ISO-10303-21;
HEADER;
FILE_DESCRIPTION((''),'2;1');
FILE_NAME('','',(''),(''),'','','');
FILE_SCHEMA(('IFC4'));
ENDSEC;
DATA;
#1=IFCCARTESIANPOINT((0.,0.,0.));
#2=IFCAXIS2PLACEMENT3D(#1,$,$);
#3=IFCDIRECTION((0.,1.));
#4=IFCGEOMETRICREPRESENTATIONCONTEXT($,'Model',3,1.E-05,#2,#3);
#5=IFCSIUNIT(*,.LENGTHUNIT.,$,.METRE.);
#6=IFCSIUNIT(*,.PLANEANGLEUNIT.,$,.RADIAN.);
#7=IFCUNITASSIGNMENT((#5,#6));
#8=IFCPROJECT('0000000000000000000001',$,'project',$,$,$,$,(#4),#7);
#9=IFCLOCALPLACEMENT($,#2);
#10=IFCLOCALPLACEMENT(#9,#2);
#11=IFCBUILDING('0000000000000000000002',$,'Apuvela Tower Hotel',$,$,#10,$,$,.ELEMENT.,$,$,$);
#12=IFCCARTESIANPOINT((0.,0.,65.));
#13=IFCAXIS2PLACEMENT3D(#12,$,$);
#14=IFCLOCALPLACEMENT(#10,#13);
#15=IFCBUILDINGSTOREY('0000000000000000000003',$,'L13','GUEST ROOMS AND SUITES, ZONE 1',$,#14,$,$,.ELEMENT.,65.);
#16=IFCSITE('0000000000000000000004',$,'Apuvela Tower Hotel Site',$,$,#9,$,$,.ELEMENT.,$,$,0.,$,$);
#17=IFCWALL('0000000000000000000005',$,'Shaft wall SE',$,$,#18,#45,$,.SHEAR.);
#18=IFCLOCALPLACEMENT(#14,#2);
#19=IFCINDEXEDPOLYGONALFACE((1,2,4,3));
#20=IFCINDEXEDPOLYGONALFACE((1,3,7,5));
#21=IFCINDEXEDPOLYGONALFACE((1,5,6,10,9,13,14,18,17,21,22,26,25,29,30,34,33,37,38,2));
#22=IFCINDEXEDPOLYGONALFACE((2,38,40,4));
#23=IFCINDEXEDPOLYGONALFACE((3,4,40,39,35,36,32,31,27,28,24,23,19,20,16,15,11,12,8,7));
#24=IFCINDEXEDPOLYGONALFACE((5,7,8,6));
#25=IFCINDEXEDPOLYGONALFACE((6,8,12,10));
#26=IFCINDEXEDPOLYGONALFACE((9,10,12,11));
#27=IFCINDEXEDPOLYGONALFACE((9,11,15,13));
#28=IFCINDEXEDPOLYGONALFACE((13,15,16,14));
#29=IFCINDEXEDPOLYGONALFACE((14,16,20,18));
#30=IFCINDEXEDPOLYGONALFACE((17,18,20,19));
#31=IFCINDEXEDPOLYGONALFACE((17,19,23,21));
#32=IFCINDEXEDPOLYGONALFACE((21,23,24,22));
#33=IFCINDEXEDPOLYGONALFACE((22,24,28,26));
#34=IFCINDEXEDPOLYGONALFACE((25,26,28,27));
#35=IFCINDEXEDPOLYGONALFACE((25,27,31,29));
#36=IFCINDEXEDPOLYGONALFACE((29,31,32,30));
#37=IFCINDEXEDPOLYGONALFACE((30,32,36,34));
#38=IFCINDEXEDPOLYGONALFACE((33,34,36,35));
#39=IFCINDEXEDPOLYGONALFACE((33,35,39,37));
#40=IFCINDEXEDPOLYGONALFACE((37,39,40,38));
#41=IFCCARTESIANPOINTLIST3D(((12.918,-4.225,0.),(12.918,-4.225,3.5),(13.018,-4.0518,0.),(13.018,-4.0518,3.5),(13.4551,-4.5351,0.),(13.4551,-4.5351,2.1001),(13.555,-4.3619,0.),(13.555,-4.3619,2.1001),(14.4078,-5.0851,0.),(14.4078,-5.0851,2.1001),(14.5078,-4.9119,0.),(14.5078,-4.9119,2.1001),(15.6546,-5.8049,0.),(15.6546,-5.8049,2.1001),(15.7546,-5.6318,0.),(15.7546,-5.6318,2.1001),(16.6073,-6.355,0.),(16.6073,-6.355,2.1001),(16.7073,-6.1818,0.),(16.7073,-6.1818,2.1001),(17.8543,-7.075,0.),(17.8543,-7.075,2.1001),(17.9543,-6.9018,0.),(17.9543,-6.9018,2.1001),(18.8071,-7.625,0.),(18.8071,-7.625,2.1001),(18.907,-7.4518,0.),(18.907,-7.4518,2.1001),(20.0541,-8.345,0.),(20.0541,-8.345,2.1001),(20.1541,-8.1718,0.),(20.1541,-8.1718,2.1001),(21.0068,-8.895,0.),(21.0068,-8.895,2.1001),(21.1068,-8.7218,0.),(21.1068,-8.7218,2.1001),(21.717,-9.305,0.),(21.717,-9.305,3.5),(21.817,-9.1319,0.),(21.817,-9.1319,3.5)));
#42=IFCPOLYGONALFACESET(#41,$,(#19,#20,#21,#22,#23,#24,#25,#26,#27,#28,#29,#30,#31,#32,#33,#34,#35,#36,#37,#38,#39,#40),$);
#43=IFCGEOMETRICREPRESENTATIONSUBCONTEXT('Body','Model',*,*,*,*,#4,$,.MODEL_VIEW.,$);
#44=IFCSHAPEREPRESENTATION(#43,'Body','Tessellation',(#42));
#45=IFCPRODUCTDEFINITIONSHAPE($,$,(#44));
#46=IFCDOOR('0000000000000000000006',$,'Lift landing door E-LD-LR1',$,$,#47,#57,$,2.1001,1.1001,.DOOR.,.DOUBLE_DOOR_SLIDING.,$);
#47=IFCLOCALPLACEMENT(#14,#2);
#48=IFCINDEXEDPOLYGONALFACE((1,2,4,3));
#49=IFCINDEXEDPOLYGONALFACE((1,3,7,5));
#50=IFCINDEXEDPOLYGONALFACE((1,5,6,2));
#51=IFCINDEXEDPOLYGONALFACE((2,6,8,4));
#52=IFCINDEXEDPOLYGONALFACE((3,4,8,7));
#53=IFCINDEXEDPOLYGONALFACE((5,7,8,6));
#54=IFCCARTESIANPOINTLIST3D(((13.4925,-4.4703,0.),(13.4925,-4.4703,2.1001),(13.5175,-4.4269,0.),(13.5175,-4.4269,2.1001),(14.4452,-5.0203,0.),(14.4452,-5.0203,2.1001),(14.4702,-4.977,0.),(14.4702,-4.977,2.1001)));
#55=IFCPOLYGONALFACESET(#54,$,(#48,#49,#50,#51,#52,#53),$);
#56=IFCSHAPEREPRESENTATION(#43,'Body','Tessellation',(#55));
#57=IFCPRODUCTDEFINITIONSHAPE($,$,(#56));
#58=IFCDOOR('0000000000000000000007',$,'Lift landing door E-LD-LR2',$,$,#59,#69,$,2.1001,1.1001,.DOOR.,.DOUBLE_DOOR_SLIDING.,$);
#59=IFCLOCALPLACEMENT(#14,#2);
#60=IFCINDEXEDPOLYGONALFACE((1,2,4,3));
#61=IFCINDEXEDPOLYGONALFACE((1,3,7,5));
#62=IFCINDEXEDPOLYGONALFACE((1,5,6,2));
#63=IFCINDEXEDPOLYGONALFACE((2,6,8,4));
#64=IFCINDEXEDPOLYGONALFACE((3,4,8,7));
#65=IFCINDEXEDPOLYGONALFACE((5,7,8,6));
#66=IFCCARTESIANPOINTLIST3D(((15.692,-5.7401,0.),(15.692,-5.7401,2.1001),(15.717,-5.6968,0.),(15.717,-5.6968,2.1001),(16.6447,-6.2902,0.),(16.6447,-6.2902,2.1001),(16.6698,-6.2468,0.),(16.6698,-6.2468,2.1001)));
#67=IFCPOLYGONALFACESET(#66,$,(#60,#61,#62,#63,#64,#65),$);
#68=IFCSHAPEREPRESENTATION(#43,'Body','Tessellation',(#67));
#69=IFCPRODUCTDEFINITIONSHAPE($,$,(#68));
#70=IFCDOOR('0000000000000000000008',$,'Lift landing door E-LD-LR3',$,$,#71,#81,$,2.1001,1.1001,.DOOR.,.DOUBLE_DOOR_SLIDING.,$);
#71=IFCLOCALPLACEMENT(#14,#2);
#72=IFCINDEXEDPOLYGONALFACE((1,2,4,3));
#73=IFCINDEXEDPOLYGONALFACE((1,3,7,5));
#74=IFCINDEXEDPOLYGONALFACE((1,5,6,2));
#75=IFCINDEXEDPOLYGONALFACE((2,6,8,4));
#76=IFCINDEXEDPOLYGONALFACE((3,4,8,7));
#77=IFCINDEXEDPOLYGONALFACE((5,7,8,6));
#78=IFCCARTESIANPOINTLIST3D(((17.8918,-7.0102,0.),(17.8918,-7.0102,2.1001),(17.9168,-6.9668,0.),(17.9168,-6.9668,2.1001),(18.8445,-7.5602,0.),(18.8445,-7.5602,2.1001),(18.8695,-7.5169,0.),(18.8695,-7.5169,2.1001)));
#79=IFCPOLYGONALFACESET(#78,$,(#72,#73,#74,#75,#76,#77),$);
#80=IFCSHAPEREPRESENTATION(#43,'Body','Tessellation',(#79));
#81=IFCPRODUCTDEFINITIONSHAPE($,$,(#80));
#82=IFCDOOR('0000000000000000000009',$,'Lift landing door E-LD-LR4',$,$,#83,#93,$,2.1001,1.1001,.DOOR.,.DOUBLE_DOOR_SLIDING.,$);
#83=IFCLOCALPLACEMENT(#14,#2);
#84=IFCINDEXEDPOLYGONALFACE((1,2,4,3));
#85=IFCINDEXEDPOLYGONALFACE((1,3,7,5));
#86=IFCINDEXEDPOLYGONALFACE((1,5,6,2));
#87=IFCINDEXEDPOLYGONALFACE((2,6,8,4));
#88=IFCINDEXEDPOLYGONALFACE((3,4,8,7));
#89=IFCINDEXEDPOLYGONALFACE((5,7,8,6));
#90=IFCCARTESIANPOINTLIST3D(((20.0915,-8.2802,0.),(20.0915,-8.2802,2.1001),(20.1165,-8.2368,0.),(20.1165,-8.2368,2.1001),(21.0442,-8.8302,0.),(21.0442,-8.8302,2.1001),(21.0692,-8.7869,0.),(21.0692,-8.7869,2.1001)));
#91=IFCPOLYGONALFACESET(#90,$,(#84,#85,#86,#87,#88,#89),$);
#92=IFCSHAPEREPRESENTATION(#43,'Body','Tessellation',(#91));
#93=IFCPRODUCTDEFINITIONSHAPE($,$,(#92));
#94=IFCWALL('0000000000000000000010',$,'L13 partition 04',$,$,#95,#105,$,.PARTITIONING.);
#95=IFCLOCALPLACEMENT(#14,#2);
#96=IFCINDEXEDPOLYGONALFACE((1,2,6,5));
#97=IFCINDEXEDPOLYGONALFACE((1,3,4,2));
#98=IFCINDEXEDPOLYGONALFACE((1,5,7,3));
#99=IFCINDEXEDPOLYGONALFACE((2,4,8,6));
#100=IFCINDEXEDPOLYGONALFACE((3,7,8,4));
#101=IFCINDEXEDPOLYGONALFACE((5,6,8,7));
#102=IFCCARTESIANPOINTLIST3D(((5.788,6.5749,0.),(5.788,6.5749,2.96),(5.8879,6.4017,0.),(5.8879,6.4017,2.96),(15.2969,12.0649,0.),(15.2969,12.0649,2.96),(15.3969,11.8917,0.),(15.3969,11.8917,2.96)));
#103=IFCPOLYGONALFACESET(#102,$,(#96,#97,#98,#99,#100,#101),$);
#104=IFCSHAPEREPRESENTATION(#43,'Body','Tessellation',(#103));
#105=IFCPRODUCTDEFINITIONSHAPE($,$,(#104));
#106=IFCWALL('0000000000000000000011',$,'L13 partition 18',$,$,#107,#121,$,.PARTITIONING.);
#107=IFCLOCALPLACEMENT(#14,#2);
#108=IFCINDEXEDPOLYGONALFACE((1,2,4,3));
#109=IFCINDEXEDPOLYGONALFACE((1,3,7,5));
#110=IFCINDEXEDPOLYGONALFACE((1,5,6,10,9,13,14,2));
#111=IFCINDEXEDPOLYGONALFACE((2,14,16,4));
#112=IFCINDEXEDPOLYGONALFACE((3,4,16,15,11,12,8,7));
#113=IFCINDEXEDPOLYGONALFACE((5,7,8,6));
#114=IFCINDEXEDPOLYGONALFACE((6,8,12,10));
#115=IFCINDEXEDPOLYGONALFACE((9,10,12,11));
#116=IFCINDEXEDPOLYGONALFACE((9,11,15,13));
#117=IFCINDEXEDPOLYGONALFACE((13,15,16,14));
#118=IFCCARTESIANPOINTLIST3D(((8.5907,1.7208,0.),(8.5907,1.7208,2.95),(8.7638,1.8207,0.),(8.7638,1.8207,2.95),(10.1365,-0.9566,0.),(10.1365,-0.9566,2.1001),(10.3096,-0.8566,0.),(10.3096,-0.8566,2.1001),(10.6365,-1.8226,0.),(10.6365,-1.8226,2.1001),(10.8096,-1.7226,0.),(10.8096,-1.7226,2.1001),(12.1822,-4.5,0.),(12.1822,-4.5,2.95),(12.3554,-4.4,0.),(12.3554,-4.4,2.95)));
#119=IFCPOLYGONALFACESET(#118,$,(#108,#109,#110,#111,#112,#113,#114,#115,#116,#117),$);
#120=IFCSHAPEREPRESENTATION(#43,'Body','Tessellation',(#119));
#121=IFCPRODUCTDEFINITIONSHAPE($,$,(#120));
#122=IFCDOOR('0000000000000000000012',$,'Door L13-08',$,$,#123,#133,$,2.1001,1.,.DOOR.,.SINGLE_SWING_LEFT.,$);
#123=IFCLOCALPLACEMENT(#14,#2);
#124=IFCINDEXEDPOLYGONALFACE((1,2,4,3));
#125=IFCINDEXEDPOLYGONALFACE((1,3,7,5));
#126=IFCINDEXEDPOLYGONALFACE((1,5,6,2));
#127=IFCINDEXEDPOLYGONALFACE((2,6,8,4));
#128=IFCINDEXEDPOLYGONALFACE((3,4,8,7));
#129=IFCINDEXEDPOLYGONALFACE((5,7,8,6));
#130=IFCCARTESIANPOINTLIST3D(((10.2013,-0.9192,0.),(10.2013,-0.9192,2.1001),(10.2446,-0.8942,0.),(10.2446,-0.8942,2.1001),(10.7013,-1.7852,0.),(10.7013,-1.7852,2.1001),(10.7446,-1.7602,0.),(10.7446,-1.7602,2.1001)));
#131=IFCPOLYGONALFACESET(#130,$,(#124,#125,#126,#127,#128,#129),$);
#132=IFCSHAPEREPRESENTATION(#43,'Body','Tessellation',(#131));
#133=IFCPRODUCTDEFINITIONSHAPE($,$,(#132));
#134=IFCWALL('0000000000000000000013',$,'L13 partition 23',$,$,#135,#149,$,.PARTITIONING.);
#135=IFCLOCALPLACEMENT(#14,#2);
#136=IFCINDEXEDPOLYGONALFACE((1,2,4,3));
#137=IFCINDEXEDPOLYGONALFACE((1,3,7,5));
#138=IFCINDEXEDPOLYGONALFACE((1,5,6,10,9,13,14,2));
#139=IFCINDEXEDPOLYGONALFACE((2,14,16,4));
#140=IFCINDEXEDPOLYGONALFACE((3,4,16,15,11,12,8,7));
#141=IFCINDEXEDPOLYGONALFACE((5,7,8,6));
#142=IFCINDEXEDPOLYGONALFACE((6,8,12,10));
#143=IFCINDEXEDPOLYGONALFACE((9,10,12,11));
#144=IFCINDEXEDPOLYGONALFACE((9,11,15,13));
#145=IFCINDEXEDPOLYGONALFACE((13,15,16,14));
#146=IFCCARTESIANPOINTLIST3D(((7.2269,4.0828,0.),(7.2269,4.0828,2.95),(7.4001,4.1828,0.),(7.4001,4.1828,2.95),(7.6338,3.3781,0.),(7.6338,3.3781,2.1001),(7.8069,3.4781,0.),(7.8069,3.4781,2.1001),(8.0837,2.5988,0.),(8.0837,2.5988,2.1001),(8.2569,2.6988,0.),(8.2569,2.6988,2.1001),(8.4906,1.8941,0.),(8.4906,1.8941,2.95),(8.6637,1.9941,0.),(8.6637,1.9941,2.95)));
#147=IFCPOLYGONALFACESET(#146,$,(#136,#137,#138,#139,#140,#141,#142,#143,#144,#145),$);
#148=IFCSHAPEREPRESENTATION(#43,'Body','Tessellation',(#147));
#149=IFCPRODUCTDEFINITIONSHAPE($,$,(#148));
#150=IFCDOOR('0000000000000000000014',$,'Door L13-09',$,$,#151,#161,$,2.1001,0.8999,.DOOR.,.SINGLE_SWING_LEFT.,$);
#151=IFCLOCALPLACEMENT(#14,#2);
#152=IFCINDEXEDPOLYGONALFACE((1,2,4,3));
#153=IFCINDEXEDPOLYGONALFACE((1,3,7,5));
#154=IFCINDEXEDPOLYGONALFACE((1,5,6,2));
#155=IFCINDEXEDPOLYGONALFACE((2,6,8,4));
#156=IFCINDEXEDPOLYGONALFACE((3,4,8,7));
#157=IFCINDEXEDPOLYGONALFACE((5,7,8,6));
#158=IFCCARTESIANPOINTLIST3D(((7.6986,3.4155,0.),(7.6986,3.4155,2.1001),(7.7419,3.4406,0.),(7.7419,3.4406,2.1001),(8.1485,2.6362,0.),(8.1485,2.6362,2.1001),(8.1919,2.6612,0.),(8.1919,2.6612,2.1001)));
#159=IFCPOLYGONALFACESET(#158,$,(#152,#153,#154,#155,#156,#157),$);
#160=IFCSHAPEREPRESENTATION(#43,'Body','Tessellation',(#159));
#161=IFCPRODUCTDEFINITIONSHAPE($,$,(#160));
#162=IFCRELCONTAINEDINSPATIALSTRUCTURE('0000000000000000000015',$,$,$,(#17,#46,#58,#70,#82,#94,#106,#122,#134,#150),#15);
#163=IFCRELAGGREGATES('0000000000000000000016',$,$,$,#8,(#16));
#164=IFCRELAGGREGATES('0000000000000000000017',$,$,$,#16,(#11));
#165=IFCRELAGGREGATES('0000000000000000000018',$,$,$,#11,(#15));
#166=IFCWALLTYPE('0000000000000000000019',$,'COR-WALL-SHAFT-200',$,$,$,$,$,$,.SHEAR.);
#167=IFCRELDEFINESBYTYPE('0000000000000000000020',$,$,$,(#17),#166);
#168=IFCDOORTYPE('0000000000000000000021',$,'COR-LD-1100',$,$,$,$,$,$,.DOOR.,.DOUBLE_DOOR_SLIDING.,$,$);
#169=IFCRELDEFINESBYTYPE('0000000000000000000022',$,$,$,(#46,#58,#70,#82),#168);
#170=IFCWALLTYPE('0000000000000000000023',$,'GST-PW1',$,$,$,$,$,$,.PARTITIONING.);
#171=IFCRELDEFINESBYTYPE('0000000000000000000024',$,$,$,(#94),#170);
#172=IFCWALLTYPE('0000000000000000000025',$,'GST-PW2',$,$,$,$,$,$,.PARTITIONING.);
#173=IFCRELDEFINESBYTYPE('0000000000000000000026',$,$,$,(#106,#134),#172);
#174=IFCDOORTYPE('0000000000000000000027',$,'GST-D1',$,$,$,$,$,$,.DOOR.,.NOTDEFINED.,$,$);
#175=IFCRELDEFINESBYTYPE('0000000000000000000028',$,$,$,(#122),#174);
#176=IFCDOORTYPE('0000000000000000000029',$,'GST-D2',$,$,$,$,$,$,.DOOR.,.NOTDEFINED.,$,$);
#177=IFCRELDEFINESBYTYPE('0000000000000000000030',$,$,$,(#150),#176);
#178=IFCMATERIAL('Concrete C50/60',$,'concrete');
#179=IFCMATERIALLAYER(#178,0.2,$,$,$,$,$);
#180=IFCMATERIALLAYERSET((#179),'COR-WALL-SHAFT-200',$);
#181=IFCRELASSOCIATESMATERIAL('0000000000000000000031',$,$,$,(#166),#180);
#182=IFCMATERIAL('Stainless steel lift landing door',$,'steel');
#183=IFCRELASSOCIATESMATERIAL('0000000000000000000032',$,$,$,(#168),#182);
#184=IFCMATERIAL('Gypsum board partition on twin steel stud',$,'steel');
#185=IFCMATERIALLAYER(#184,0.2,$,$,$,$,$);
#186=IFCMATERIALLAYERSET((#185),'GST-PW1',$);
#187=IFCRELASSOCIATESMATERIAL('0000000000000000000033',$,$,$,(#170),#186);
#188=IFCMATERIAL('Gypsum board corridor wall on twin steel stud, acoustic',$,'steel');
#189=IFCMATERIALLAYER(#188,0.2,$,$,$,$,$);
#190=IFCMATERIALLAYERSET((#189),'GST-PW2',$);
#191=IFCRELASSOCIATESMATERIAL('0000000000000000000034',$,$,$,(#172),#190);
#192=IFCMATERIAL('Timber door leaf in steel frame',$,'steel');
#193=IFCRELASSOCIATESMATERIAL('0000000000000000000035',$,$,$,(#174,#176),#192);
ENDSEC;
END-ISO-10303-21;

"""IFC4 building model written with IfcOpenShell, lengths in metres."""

from ifc_helpers import new_model, si_unit, direction, frame, frame_2d, origin, place, context, subcontext, project, spatial, rectangle, extrude, material, layer, layer_set, type_object, element, fill, save


model = new_model("IFC4")

# Units and contexts
model_context = context("Model", 3, precision=1e-05, world=origin(), true_north=direction((0.0, 1.0)))
body_context = subcontext(model_context, "Body", "Model", "MODEL_VIEW")
ifc_project = project(units=[si_unit("LENGTHUNIT", "METRE"), si_unit("PLANEANGLEUNIT", "RADIAN")], contexts=[model_context])

# Site, building, storey
site_placement = place(None, origin())
site = spatial("IfcSite", under=ifc_project, at=site_placement, Name="Apuvela Tower Hotel Site", CompositionType="ELEMENT", RefElevation=0.0)
building_placement = place(site_placement, origin())
building = spatial("IfcBuilding", under=site, at=building_placement, Name="Apuvela Tower Hotel", CompositionType="ELEMENT")
storey_placement = place(building_placement, frame((0.0, 0.0, 65.0)))
storey = spatial("IfcBuildingStorey", under=building, at=storey_placement, Name="L13", Description="GUEST ROOMS AND SUITES, ZONE 1", CompositionType="ELEMENT", Elevation=65.0)

# Shared definitions
ifc_material_1 = material(Name="Concrete C50/60", Category="concrete")

# Wall, openings, doors
ifc_layer_1 = layer(ifc_material_1, 0.2)
ifc_layer_set_1 = layer_set([ifc_layer_1], Name="COR-WALL-SHAFT-200")
wall_type_1 = type_object("IfcWallType", Name="COR-WALL-SHAFT-200", PredefinedType="SHEAR", material=ifc_layer_set_1)
wall_1_placement = place(storey_placement, frame((12.968, -4.1384, 0.0), z_axis=(0.0, 0.0, 1.0), x_axis=(0.866028, -0.499995, 0.0)))
wall_1 = element("IfcWall", 1, at=wall_1_placement, inside=storey, type_object=wall_type_1, Name="Shaft wall SE", PredefinedType="SHEAR", context=body_context, shape_type="SweptSolid", body=[
    extrude(rectangle(XDim=10.1602, YDim=0.2, at=frame_2d((5.0801, 0.0))), origin(), (0.0, 0.0, 1.0), 3.5),
])
opening_1_placement = place(wall_1_placement, frame((0.6201, 0.0, 0.0)))
opening_1 = element("IfcOpeningElement", 2, at=opening_1_placement, cuts=wall_1, PredefinedType="OPENING", context=body_context, shape_type="SweptSolid", body=[
    extrude(rectangle(XDim=1.1001, YDim=2.1001, at=frame_2d((0.55, 1.05))), frame((0.0, 0.1099, 0.0), z_axis=(0.0, -1.0, 0.0), x_axis=(1.0, 0.0, 0.0)), (0.0, 0.0, 1.0), 0.22),
])
opening_2_placement = place(wall_1_placement, frame((3.1599, 0.0, 0.0)))
opening_2 = element("IfcOpeningElement", 3, at=opening_2_placement, cuts=wall_1, PredefinedType="OPENING", context=body_context, shape_type="SweptSolid", body=[
    extrude(rectangle(XDim=1.1001, YDim=2.1001, at=frame_2d((0.55, 1.05))), frame((0.0, 0.1099, 0.0), z_axis=(0.0, -1.0, 0.0), x_axis=(1.0, 0.0, 0.0)), (0.0, 0.0, 1.0), 0.22),
])
opening_3_placement = place(wall_1_placement, frame((5.7, 0.0, 0.0)))
opening_3 = element("IfcOpeningElement", 4, at=opening_3_placement, cuts=wall_1, PredefinedType="OPENING", context=body_context, shape_type="SweptSolid", body=[
    extrude(rectangle(XDim=1.1001, YDim=2.1001, at=frame_2d((0.55, 1.05))), frame((0.0, 0.1099, 0.0), z_axis=(0.0, -1.0, 0.0), x_axis=(1.0, 0.0, 0.0)), (0.0, 0.0, 1.0), 0.22),
])
opening_4_placement = place(wall_1_placement, frame((8.24, 0.0, 0.0)))
opening_4 = element("IfcOpeningElement", 5, at=opening_4_placement, cuts=wall_1, PredefinedType="OPENING", context=body_context, shape_type="SweptSolid", body=[
    extrude(rectangle(XDim=1.1001, YDim=2.1001, at=frame_2d((0.55, 1.05))), frame((0.0, 0.1099, 0.0), z_axis=(0.0, -1.0, 0.0), x_axis=(1.0, 0.0, 0.0)), (0.0, 0.0, 1.0), 0.22),
])
ifc_material_2 = material(Name="Stainless steel lift landing door", Category="steel")
door_type_1 = type_object("IfcDoorType", Name="COR-LD-1100", OperationType="DOUBLE_DOOR_SLIDING", PredefinedType="DOOR", material=ifc_material_2)
door_1_placement = place(opening_1_placement, origin())
door_1 = element("IfcDoor", 6, at=door_1_placement, inside=storey, type_object=door_type_1, Name="Lift landing door E-LD-LR1", OperationType="DOUBLE_DOOR_SLIDING", OverallHeight=2.1001, OverallWidth=1.1001, PredefinedType="DOOR", context=body_context, shape_type="SweptSolid", body=[
    extrude(rectangle(XDim=1.1001, YDim=2.1001, at=frame_2d((0.55, 1.05))), frame((0.0, 0.0249, 0.0), z_axis=(0.0, -1.0, 0.0), x_axis=(1.0, 0.0, 0.0)), (0.0, 0.0, 1.0), 0.05),
])
fill(opening_1, door_1)
door_2_placement = place(opening_2_placement, origin())
door_2 = element("IfcDoor", 7, at=door_2_placement, inside=storey, type_object=door_type_1, Name="Lift landing door E-LD-LR2", OperationType="DOUBLE_DOOR_SLIDING", OverallHeight=2.1001, OverallWidth=1.1001, PredefinedType="DOOR", context=body_context, shape_type="SweptSolid", body=[
    extrude(rectangle(XDim=1.1001, YDim=2.1001, at=frame_2d((0.55, 1.05))), frame((0.0, 0.0249, 0.0), z_axis=(0.0, -1.0, 0.0), x_axis=(1.0, 0.0, 0.0)), (0.0, 0.0, 1.0), 0.05),
])
fill(opening_2, door_2)
door_3_placement = place(opening_3_placement, origin())
door_3 = element("IfcDoor", 8, at=door_3_placement, inside=storey, type_object=door_type_1, Name="Lift landing door E-LD-LR3", OperationType="DOUBLE_DOOR_SLIDING", OverallHeight=2.1001, OverallWidth=1.1001, PredefinedType="DOOR", context=body_context, shape_type="SweptSolid", body=[
    extrude(rectangle(XDim=1.1001, YDim=2.1001, at=frame_2d((0.55, 1.05))), frame((0.0, 0.0249, 0.0), z_axis=(0.0, -1.0, 0.0), x_axis=(1.0, 0.0, 0.0)), (0.0, 0.0, 1.0), 0.05),
])
fill(opening_3, door_3)
door_4_placement = place(opening_4_placement, origin())
door_4 = element("IfcDoor", 9, at=door_4_placement, inside=storey, type_object=door_type_1, Name="Lift landing door E-LD-LR4", OperationType="DOUBLE_DOOR_SLIDING", OverallHeight=2.1001, OverallWidth=1.1001, PredefinedType="DOOR", context=body_context, shape_type="SweptSolid", body=[
    extrude(rectangle(XDim=1.1001, YDim=2.1001, at=frame_2d((0.55, 1.05))), frame((0.0, 0.0249, 0.0), z_axis=(0.0, -1.0, 0.0), x_axis=(1.0, 0.0, 0.0)), (0.0, 0.0, 1.0), 0.05),
])
fill(opening_4, door_4)

# Wall
ifc_material_3 = material(Name="Gypsum board partition on twin steel stud", Category="steel")
ifc_layer_2 = layer(ifc_material_3, 0.2)
ifc_layer_set_2 = layer_set([ifc_layer_2], Name="GST-PW1")
wall_type_2 = type_object("IfcWallType", Name="GST-PW1", PredefinedType="PARTITIONING", material=ifc_layer_set_2)
wall_2_placement = place(storey_placement, frame((15.3469, 11.9783, 0.0), z_axis=(0.0, 0.0, 1.0), x_axis=(-0.866027, -0.499996, 0.0)))
element("IfcWall", 10, at=wall_2_placement, inside=storey, type_object=wall_type_2, Name="L13 partition 04", PredefinedType="PARTITIONING", context=body_context, shape_type="SweptSolid", body=[
    extrude(rectangle(XDim=10.98, YDim=0.2, at=frame_2d((5.49, 0.0))), origin(), (0.0, 0.0, 1.0), 2.96),
])

# Walls, openings, doors
ifc_material_4 = material(Name="Gypsum board corridor wall on twin steel stud, acoustic", Category="steel")
ifc_layer_3 = layer(ifc_material_4, 0.2)
ifc_layer_set_3 = layer_set([ifc_layer_3], Name="GST-PW2")
wall_type_3 = type_object("IfcWallType", Name="GST-PW2", PredefinedType="PARTITIONING", material=ifc_layer_set_3)
wall_3_placement = place(storey_placement, frame((8.6772, 1.7708, 0.0), z_axis=(0.0, 0.0, 1.0), x_axis=(0.500003, -0.866024, 0.0)))
wall_3 = element("IfcWall", 11, at=wall_3_placement, inside=storey, type_object=wall_type_3, Name="L13 partition 18", PredefinedType="PARTITIONING", context=body_context, shape_type="SweptSolid", body=[
    extrude(rectangle(XDim=7.1831, YDim=0.2, at=frame_2d((3.5916, 0.0))), origin(), (0.0, 0.0, 1.0), 2.95),
])
opening_5_placement = place(wall_3_placement, frame((3.0916, 0.0, 0.0)))
opening_5 = element("IfcOpeningElement", 12, at=opening_5_placement, cuts=wall_3, PredefinedType="OPENING", context=body_context, shape_type="SweptSolid", body=[
    extrude(rectangle(XDim=1.0, YDim=2.1001, at=frame_2d((0.5, 1.05))), frame((0.0, 0.1099, 0.0), z_axis=(0.0, -1.0, 0.0), x_axis=(1.0, 0.0, 0.0)), (0.0, 0.0, 1.0), 0.22),
])
ifc_material_5 = material(Name="Timber door leaf in steel frame", Category="steel")
door_type_2 = type_object("IfcDoorType", Name="GST-D1", OperationType="NOTDEFINED", PredefinedType="DOOR", material=ifc_material_5)
door_5_placement = place(opening_5_placement, origin())
door_5 = element("IfcDoor", 13, at=door_5_placement, inside=storey, type_object=door_type_2, Name="Door L13-08", OperationType="SINGLE_SWING_LEFT", OverallHeight=2.1001, OverallWidth=1.0, PredefinedType="DOOR", context=body_context, shape_type="SweptSolid", body=[
    extrude(rectangle(XDim=1.0, YDim=2.1001, at=frame_2d((0.5, 1.05))), frame((0.0, 0.0249, 0.0), z_axis=(0.0, -1.0, 0.0), x_axis=(1.0, 0.0, 0.0)), (0.0, 0.0, 1.0), 0.05),
])
fill(opening_5, door_5)
wall_4_placement = place(storey_placement, frame((7.3135, 4.1328, 0.0), z_axis=(0.0, 0.0, 1.0), x_axis=(0.500004, -0.866023, 0.0)))
wall_4 = element("IfcWall", 14, at=wall_4_placement, inside=storey, type_object=wall_type_3, Name="L13 partition 23", PredefinedType="PARTITIONING", context=body_context, shape_type="SweptSolid", body=[
    extrude(rectangle(XDim=2.5273, YDim=0.2, at=frame_2d((1.2637, 0.0))), origin(), (0.0, 0.0, 1.0), 2.95),
])
opening_6_placement = place(wall_4_placement, frame((0.8137, 0.0, 0.0)))
opening_6 = element("IfcOpeningElement", 15, at=opening_6_placement, cuts=wall_4, PredefinedType="OPENING", context=body_context, shape_type="SweptSolid", body=[
    extrude(rectangle(XDim=0.8999, YDim=2.1001, at=frame_2d((0.45, 1.05))), frame((0.0, 0.1099, 0.0), z_axis=(0.0, -1.0, 0.0), x_axis=(1.0, 0.0, 0.0)), (0.0, 0.0, 1.0), 0.22),
])
door_type_3 = type_object("IfcDoorType", Name="GST-D2", OperationType="NOTDEFINED", PredefinedType="DOOR", material=ifc_material_5)
door_6_placement = place(opening_6_placement, origin())
door_6 = element("IfcDoor", 16, at=door_6_placement, inside=storey, type_object=door_type_3, Name="Door L13-09", OperationType="SINGLE_SWING_LEFT", OverallHeight=2.1001, OverallWidth=0.8999, PredefinedType="DOOR", context=body_context, shape_type="SweptSolid", body=[
    extrude(rectangle(XDim=0.8999, YDim=2.1001, at=frame_2d((0.45, 1.05))), frame((0.0, 0.0249, 0.0), z_axis=(0.0, -1.0, 0.0), x_axis=(1.0, 0.0, 0.0)), (0.0, 0.0, 1.0), 0.05),
])
fill(opening_6, door_6)

save(model, "model.ifc")
